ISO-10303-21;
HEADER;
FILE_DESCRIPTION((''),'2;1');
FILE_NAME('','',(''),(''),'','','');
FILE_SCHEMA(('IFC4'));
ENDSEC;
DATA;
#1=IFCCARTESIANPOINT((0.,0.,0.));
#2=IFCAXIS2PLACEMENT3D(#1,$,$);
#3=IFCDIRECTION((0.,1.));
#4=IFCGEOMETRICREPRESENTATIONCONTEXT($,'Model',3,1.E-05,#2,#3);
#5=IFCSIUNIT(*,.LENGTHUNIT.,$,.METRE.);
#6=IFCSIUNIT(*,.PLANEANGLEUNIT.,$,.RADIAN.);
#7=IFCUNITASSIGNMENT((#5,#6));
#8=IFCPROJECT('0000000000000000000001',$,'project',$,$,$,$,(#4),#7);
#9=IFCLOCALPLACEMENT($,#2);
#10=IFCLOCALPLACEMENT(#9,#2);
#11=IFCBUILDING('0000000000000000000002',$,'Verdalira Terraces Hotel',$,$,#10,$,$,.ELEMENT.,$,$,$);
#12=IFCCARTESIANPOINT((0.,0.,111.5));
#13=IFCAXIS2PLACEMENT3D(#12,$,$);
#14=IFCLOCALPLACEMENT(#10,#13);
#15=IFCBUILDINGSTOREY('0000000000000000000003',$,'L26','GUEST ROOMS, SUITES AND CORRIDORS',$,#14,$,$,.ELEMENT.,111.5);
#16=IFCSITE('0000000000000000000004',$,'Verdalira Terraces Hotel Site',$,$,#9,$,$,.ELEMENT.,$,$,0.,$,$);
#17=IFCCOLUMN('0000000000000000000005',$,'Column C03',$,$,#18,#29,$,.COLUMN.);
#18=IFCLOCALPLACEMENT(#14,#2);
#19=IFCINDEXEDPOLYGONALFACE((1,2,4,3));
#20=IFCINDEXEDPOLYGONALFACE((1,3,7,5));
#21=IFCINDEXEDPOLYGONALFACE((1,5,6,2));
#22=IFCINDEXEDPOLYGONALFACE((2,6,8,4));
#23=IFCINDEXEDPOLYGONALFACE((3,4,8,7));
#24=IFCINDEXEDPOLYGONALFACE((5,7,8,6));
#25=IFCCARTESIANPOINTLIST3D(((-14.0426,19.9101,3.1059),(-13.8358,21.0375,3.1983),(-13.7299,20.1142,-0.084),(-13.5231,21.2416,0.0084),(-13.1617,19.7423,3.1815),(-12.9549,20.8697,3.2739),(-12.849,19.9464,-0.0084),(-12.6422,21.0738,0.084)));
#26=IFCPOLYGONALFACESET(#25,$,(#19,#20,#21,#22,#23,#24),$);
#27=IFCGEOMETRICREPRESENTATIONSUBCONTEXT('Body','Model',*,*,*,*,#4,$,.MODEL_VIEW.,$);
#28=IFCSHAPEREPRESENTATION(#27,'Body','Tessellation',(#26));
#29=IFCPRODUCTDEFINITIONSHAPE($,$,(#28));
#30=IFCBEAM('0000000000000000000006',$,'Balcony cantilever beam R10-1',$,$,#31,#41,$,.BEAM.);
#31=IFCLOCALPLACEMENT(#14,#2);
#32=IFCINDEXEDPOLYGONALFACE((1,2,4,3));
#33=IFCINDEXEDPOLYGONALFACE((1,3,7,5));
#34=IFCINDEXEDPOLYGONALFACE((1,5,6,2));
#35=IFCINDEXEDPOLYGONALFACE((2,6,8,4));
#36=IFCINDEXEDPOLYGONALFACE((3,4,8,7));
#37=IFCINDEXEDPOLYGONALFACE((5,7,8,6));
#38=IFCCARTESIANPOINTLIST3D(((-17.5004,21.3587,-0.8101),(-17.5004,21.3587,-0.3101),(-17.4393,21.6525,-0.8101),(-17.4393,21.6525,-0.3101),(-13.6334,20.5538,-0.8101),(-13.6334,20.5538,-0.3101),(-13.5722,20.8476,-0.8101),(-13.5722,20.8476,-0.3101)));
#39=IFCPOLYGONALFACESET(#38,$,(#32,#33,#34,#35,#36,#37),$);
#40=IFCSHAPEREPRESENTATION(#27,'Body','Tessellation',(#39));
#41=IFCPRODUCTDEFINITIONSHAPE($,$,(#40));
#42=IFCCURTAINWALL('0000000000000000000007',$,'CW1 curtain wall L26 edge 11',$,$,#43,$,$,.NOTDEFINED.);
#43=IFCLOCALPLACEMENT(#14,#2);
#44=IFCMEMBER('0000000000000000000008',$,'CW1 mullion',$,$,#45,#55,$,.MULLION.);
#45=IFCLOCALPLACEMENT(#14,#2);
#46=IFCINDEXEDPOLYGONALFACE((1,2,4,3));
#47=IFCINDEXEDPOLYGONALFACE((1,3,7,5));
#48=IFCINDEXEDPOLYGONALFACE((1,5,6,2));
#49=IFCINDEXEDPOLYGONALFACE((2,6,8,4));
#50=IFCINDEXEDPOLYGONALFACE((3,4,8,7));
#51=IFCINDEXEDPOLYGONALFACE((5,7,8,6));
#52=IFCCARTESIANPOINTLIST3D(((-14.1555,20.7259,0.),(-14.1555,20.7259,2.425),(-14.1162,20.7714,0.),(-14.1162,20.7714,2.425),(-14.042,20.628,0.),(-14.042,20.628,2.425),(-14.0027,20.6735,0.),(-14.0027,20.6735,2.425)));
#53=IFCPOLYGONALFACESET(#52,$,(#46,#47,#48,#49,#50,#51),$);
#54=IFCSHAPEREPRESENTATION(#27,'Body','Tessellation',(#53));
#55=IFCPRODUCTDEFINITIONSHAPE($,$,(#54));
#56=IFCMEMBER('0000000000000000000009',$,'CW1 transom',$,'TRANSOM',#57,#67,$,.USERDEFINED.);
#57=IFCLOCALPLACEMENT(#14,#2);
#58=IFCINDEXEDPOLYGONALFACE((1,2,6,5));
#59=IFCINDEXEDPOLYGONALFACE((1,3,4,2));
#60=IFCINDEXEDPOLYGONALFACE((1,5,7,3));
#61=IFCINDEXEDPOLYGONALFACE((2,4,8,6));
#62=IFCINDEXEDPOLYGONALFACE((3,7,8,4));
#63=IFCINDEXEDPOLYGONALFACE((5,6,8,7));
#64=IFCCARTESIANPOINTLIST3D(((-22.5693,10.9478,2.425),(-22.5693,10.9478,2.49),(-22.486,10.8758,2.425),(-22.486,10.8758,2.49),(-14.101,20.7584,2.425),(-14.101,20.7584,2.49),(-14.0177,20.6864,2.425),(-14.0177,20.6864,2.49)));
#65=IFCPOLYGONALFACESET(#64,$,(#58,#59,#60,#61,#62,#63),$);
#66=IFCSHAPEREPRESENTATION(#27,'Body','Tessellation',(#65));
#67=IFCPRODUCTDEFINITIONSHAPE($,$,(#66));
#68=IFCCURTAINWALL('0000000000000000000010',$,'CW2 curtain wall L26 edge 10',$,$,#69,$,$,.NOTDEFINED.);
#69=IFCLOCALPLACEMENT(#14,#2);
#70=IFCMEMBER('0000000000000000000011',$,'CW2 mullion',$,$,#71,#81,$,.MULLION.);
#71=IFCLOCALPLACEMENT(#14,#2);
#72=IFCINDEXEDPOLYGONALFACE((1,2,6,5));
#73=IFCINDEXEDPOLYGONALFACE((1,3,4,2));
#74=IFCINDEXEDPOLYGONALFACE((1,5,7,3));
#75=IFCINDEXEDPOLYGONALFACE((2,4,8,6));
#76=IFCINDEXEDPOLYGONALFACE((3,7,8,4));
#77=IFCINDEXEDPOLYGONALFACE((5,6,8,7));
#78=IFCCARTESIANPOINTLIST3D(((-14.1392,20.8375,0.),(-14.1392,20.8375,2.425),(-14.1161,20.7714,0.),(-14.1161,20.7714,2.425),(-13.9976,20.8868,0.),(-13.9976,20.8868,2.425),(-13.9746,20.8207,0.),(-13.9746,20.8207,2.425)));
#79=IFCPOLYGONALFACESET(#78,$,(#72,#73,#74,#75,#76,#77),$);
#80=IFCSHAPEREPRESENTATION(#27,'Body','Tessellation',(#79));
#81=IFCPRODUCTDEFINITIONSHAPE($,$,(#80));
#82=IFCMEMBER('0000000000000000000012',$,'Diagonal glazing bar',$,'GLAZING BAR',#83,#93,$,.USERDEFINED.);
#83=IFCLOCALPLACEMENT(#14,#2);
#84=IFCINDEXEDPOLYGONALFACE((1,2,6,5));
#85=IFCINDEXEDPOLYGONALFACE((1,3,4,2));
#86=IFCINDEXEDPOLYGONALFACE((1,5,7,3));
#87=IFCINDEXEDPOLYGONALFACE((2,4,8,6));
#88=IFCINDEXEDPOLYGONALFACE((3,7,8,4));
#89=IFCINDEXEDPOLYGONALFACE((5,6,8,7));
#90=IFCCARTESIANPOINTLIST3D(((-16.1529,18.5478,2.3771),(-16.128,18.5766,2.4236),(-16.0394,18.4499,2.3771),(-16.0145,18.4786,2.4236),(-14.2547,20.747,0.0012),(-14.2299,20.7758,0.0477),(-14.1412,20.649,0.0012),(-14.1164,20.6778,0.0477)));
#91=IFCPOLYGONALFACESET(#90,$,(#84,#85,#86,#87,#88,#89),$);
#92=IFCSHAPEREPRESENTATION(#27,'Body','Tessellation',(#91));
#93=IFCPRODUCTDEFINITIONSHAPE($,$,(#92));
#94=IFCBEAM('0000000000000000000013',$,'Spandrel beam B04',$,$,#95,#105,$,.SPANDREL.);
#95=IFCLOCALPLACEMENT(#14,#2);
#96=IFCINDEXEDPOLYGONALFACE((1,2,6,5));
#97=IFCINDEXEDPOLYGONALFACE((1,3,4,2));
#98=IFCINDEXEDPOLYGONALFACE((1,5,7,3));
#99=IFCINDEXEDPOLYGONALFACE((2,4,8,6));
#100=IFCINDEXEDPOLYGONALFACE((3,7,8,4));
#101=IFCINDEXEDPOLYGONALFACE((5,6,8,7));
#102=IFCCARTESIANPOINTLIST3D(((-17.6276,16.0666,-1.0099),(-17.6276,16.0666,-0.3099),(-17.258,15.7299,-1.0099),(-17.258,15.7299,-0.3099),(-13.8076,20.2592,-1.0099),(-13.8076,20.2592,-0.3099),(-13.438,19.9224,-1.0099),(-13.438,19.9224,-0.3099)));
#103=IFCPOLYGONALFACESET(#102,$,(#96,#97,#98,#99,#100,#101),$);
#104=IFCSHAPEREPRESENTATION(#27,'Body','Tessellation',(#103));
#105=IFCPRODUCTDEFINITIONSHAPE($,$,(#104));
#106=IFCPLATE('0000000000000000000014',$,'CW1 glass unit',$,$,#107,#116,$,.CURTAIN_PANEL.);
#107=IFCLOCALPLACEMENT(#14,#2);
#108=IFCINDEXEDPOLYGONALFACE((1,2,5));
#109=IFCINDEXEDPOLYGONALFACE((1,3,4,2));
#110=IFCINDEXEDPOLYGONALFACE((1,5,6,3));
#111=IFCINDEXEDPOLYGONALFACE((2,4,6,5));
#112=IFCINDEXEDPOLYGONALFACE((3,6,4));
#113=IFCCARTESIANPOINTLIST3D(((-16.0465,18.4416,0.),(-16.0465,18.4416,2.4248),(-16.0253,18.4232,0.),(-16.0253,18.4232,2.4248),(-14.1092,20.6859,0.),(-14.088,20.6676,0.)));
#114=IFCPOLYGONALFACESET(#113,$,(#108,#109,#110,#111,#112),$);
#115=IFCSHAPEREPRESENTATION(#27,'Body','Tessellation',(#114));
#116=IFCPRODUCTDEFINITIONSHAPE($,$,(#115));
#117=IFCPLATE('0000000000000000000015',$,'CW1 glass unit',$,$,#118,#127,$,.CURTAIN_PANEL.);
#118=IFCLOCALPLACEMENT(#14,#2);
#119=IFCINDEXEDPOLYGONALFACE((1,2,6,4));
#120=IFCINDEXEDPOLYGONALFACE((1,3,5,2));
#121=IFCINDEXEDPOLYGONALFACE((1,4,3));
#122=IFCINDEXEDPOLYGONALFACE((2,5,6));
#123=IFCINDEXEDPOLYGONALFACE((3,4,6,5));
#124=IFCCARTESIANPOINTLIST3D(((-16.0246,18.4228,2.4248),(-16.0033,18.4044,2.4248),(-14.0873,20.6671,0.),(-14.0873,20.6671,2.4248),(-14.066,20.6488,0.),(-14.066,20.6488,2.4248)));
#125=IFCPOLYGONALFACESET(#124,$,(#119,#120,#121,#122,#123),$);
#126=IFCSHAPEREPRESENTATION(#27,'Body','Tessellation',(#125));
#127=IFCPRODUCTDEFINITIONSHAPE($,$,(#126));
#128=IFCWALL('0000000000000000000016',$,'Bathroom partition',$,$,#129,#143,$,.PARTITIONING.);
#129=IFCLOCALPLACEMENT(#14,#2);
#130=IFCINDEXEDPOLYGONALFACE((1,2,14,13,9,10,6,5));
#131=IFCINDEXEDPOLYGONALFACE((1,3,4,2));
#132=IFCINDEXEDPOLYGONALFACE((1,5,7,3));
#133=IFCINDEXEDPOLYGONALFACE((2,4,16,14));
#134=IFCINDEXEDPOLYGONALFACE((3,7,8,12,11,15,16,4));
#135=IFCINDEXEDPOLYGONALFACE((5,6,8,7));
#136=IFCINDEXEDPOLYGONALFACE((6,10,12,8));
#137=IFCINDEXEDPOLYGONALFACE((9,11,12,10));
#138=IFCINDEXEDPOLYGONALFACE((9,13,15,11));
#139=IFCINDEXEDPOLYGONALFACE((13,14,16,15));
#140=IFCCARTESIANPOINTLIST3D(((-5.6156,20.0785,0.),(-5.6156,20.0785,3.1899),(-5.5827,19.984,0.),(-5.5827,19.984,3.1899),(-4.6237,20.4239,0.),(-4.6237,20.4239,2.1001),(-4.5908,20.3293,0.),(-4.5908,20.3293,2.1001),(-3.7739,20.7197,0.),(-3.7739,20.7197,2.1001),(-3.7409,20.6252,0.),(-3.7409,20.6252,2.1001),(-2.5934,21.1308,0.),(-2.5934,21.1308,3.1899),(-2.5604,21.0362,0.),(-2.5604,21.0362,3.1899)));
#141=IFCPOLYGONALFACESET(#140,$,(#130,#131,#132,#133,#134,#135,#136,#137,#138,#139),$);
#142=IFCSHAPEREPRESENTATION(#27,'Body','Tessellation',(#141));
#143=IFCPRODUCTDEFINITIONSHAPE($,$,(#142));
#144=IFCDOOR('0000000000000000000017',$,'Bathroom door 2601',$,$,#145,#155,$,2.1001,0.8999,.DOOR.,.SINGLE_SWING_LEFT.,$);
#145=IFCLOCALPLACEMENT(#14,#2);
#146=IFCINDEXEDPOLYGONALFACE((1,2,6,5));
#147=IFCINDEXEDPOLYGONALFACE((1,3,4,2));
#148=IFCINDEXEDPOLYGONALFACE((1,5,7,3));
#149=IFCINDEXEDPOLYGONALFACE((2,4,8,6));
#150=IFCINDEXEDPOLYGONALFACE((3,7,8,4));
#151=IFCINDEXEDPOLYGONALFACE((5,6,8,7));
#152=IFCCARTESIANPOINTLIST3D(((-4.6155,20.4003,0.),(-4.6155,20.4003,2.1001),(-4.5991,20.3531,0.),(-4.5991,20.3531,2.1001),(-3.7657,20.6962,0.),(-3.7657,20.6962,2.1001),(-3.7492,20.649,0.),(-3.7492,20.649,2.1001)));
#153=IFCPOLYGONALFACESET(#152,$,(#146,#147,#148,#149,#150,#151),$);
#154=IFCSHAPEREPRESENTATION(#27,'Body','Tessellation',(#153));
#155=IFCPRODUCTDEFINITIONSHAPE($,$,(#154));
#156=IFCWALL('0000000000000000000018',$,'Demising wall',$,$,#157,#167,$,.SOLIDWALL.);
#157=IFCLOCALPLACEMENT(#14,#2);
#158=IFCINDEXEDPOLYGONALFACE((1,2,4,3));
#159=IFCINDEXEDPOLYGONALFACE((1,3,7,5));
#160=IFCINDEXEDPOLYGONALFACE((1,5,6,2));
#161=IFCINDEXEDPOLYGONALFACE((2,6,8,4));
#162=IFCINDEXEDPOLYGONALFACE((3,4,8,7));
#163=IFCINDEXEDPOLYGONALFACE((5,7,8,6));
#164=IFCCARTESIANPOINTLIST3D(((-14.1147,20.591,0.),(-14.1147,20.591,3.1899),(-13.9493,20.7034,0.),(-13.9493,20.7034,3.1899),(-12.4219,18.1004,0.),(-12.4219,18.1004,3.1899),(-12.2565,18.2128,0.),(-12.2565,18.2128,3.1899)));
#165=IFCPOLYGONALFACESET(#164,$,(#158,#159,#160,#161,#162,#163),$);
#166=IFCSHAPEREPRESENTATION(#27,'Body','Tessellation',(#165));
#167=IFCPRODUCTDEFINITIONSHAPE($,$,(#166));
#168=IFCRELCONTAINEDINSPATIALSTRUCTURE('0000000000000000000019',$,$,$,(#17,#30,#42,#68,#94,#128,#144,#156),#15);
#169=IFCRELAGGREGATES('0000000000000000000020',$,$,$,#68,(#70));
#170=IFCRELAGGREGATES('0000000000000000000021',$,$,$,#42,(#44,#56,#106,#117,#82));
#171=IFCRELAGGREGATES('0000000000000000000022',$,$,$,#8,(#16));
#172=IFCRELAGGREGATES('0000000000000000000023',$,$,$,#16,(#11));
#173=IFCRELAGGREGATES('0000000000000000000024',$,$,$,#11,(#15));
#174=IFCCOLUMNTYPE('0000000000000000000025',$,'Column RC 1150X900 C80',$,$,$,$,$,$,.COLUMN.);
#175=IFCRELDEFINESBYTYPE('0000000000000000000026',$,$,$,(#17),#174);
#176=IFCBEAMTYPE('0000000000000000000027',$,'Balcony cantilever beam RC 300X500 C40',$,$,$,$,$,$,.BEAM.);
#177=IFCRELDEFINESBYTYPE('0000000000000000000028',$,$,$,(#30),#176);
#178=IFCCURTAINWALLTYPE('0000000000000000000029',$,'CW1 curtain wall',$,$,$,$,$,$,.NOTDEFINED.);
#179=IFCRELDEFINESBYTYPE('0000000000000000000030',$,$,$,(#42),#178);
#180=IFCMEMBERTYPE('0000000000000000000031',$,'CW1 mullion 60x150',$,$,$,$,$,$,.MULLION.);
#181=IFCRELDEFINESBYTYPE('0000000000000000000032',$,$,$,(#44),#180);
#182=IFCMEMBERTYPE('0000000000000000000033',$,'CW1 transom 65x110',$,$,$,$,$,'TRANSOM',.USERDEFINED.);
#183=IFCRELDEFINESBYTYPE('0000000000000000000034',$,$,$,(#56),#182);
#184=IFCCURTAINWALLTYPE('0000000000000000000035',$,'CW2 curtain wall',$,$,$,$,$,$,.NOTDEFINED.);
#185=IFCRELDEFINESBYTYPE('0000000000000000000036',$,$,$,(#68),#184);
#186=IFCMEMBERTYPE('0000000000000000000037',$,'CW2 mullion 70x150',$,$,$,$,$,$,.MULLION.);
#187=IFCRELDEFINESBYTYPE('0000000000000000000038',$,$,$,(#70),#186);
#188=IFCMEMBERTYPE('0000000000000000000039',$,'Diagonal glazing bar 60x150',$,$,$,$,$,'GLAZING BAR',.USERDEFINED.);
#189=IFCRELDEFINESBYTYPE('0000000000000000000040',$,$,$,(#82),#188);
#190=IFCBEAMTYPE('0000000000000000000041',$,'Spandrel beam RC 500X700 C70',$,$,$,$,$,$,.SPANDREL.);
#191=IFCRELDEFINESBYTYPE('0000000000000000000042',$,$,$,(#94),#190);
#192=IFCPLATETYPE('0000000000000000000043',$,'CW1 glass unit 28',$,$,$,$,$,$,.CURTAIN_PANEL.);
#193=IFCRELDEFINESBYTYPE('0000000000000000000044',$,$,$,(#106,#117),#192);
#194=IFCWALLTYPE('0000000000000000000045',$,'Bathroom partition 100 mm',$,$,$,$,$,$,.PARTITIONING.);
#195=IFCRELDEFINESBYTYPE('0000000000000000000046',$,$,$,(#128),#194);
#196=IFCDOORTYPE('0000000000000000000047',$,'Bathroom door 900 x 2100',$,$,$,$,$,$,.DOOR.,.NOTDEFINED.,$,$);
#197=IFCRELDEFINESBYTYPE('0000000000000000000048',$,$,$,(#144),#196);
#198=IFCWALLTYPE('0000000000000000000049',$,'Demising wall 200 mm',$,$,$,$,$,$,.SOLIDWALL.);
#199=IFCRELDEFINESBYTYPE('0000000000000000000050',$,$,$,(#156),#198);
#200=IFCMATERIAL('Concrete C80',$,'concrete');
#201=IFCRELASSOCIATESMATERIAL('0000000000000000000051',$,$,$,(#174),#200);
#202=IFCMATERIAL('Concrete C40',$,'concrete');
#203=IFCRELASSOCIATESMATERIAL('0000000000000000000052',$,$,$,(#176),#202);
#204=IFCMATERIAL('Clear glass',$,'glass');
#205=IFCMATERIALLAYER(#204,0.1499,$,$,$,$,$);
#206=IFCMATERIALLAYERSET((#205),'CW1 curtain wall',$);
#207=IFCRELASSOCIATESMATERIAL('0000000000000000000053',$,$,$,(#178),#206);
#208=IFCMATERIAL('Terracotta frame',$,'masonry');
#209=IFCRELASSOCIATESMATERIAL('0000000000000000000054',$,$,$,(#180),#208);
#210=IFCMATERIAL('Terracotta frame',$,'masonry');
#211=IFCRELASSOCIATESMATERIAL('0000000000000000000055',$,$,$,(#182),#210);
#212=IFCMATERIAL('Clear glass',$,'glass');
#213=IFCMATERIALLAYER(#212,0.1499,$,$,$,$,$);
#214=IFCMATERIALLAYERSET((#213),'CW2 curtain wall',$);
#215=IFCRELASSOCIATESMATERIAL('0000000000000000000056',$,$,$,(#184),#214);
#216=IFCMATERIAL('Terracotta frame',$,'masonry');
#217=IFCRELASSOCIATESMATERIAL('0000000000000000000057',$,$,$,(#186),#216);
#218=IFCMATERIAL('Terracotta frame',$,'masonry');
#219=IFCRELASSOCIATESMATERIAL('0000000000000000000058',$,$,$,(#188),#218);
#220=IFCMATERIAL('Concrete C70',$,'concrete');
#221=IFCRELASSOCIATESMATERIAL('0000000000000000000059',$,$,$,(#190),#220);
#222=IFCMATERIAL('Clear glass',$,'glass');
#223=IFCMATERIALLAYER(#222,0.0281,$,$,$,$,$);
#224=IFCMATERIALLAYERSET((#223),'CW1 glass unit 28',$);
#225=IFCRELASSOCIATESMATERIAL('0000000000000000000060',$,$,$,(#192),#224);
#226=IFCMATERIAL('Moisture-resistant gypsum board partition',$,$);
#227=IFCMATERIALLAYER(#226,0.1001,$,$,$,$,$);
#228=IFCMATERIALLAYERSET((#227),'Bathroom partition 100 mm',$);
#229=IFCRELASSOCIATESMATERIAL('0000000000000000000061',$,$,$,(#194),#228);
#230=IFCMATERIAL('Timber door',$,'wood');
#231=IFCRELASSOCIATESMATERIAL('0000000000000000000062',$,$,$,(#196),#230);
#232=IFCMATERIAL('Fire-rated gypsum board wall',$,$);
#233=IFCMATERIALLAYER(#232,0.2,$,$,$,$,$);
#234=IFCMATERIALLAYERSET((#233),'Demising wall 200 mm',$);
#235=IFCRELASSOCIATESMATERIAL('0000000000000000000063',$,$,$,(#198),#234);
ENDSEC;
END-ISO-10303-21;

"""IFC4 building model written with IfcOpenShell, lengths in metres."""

from ifc_helpers import new_model, si_unit, direction, frame, frame_2d, origin, origin_2d, place, context, subcontext, project, spatial, polyline, rectangle, outline, extrude, material, layer, layer_set, material_profile, profile_set, type_object, element, fill, aggregate, save


model = new_model("IFC4")

# Units and contexts
model_context = context("Model", 3, precision=1e-05, world=origin(), true_north=direction((0.0, 1.0)))
body_context = subcontext(model_context, "Body", "Model", "MODEL_VIEW")
ifc_project = project(units=[si_unit("LENGTHUNIT", "METRE"), si_unit("PLANEANGLEUNIT", "RADIAN")], contexts=[model_context])

# Site, building, storey
site_placement = place(None, origin())
site = spatial("IfcSite", under=ifc_project, at=site_placement, Name="Verdalira Terraces Hotel Site", CompositionType="ELEMENT", RefElevation=0.0)
building_placement = place(site_placement, origin())
building = spatial("IfcBuilding", under=site, at=building_placement, Name="Verdalira Terraces Hotel", CompositionType="ELEMENT")
storey_placement = place(building_placement, frame((0.0, 0.0, 111.5)))
storey = spatial("IfcBuildingStorey", under=building, at=storey_placement, Name="L26", Description="GUEST ROOMS, SUITES AND CORRIDORS", CompositionType="ELEMENT", Elevation=111.5)

# Column
ifc_material_1 = material(Name="Concrete C80", Category="concrete")
ifc_material_profile_1 = material_profile(ifc_material_1, rectangle(XDim=1.1499, YDim=0.8999, at=origin_2d()), Name="RC 1150X900")
ifc_profile_set_1 = profile_set([ifc_material_profile_1], Name="Concrete C80")
column_type = type_object("IfcColumnType", Name="Column RC 1150X900 C80", PredefinedType="COLUMN", material=ifc_profile_set_1)
column_placement = place(storey_placement, frame((-13.186, 20.594, 0.0), z_axis=(-0.097376, -0.063549, 0.993217), x_axis=(0.179806, 0.980414, 0.080358)))
element("IfcColumn", 1, at=column_placement, inside=storey, type_object=column_type, Name="Column C03", PredefinedType="COLUMN", context=body_context, shape_type="SweptSolid", body=[
    extrude(rectangle(XDim=1.1499, YDim=0.8999, at=origin_2d()), origin(), (0.0, 0.0, 1.0), 3.2117),
])

# Beam
ifc_material_2 = material(Name="Concrete C40", Category="concrete")
ifc_material_profile_2 = material_profile(ifc_material_2, rectangle(XDim=0.3, YDim=0.5, at=origin_2d()), Name="RC 300X500")
ifc_profile_set_2 = profile_set([ifc_material_profile_2], Name="Concrete C40")
beam_type_1 = type_object("IfcBeamType", Name="Balcony cantilever beam RC 300X500 C40", PredefinedType="BEAM", material=ifc_profile_set_2)
beam_1_placement = place(storey_placement, frame((-13.6028, 20.7007, -0.5601), z_axis=(-0.979017, 0.203777, 0.0), x_axis=(-0.203777, -0.979017, 0.0)))
element("IfcBeam", 2, at=beam_1_placement, inside=storey, type_object=beam_type_1, Name="Balcony cantilever beam R10-1", PredefinedType="BEAM", context=body_context, shape_type="SweptSolid", body=[
    extrude(rectangle(XDim=0.3, YDim=0.5, at=origin_2d()), origin(), (0.0, 0.0, 1.0), 3.95),
])

# Curtain wall, members
ifc_material_3 = material(Name="Clear glass", Category="glass")
ifc_layer_1 = layer(ifc_material_3, 0.1499)
ifc_layer_set_1 = layer_set([ifc_layer_1], Name="CW1 curtain wall")
curtain_wall_type_1 = type_object("IfcCurtainWallType", Name="CW1 curtain wall", PredefinedType="NOTDEFINED", material=ifc_layer_set_1)
curtain_wall_1_placement = place(storey_placement, origin())
curtain_wall_1 = element("IfcCurtainWall", 3, at=curtain_wall_1_placement, inside=storey, type_object=curtain_wall_type_1, Name="CW1 curtain wall L26 edge 11", PredefinedType="NOTDEFINED")
ifc_material_4 = material(Name="Terracotta frame", Category="masonry")
ifc_material_profile_3 = material_profile(ifc_material_4, rectangle(XDim=0.0601, YDim=0.1499, at=origin_2d()), Name="MU 60x150")
ifc_profile_set_3 = profile_set([ifc_material_profile_3], Name="Terracotta frame")
member_type_1 = type_object("IfcMemberType", Name="CW1 mullion 60x150", PredefinedType="MULLION", material=ifc_profile_set_3)
member_1_placement = place(storey_placement, frame((-14.0791, 20.6997, 0.0), z_axis=(0.0, 0.0, 1.0), x_axis=(-0.653421, -0.756995, 0.0)))
member_1 = element("IfcMember", 4, at=member_1_placement, type_object=member_type_1, Name="CW1 mullion", PredefinedType="MULLION", context=body_context, shape_type="SweptSolid", body=[
    extrude(rectangle(XDim=0.0601, YDim=0.1499, at=origin_2d()), origin(), (0.0, 0.0, 1.0), 2.425),
])
ifc_material_5 = material(Name="Terracotta frame", Category="masonry")
ifc_material_profile_4 = material_profile(ifc_material_5, rectangle(XDim=0.1101, YDim=0.0649, at=origin_2d()), Name="TR 65x110")
ifc_profile_set_4 = profile_set([ifc_material_profile_4], Name="Terracotta frame")
member_type_2 = type_object("IfcMemberType", Name="CW1 transom 65x110", ElementType="TRANSOM", PredefinedType="USERDEFINED", material=ifc_profile_set_4)
member_2_placement = place(storey_placement, frame((-14.0593, 20.7224, 2.4575), z_axis=(-0.653422, -0.756994, 0.0), x_axis=(0.756994, -0.653422, 0.0)))
member_2 = element("IfcMember", 5, at=member_2_placement, type_object=member_type_2, Name="CW1 transom", ObjectType="TRANSOM", PredefinedType="USERDEFINED", context=body_context, shape_type="SweptSolid", body=[
    extrude(rectangle(XDim=0.1101, YDim=0.0649, at=origin_2d()), origin(), (0.0, 0.0, 1.0), 12.96),
])

# Curtain wall, member
ifc_material_6 = material(Name="Clear glass", Category="glass")
ifc_layer_2 = layer(ifc_material_6, 0.1499)
ifc_layer_set_2 = layer_set([ifc_layer_2], Name="CW2 curtain wall")
curtain_wall_type_2 = type_object("IfcCurtainWallType", Name="CW2 curtain wall", PredefinedType="NOTDEFINED", material=ifc_layer_set_2)
curtain_wall_2_placement = place(storey_placement, origin())
curtain_wall_2 = element("IfcCurtainWall", 6, at=curtain_wall_2_placement, inside=storey, type_object=curtain_wall_type_2, Name="CW2 curtain wall L26 edge 10", PredefinedType="NOTDEFINED")
ifc_material_7 = material(Name="Terracotta frame", Category="masonry")
ifc_material_profile_5 = material_profile(ifc_material_7, rectangle(XDim=0.0701, YDim=0.1499, at=origin_2d()), Name="MU 70x150")
ifc_profile_set_5 = profile_set([ifc_material_profile_5], Name="Terracotta frame")
member_type_3 = type_object("IfcMemberType", Name="CW2 mullion 70x150", PredefinedType="MULLION", material=ifc_profile_set_5)
member_3_placement = place(storey_placement, frame((-14.0569, 20.8291, 0.0), z_axis=(0.0, 0.0, 1.0), x_axis=(0.328867, -0.944376, 0.0)))
member_3 = element("IfcMember", 7, at=member_3_placement, type_object=member_type_3, Name="CW2 mullion", PredefinedType="MULLION", context=body_context, shape_type="SweptSolid", body=[
    extrude(rectangle(XDim=0.0701, YDim=0.1499, at=origin_2d()), origin(), (0.0, 0.0, 1.0), 2.425),
])
aggregate(curtain_wall_2, [member_3])

# Member
ifc_material_8 = material(Name="Terracotta frame", Category="masonry")
ifc_material_profile_6 = material_profile(ifc_material_8, rectangle(XDim=0.1499, YDim=0.0601, at=origin_2d()), Name="GB 60x150")
ifc_profile_set_6 = profile_set([ifc_material_profile_6], Name="Terracotta frame")
member_type_4 = type_object("IfcMemberType", Name="Diagonal glazing bar 60x150", ElementType="GLAZING BAR", PredefinedType="USERDEFINED", material=ifc_profile_set_6)
member_4_placement = place(storey_placement, frame((-14.1855, 20.7124, 0.0244), z_axis=(-0.505781, -0.58599, 0.633088), x_axis=(0.757016, -0.653397, 0.0)))
member_4 = element("IfcMember", 8, at=member_4_placement, type_object=member_type_4, Name="Diagonal glazing bar", ObjectType="GLAZING BAR", PredefinedType="USERDEFINED", context=body_context, shape_type="SweptSolid", body=[
    extrude(rectangle(XDim=0.1499, YDim=0.0601, at=origin_2d()), origin(), (0.0, 0.0, 1.0), 3.7529),
])

# Beam
ifc_material_9 = material(Name="Concrete C70", Category="concrete")
ifc_material_profile_7 = material_profile(ifc_material_9, rectangle(XDim=0.5, YDim=0.7, at=origin_2d()), Name="RC 500X700")
ifc_profile_set_7 = profile_set([ifc_material_profile_7], Name="Concrete C70")
beam_type_2 = type_object("IfcBeamType", Name="Spandrel beam RC 500X700 C70", PredefinedType="SPANDREL", material=ifc_profile_set_7)
beam_2_placement = place(storey_placement, frame((-13.6228, 20.0908, -0.6599), z_axis=(-0.673501, -0.739186, 0.0), x_axis=(0.739186, -0.673501, 0.0)))
element("IfcBeam", 9, at=beam_2_placement, inside=storey, type_object=beam_type_2, Name="Spandrel beam B04", PredefinedType="SPANDREL", context=body_context, shape_type="SweptSolid", body=[
    extrude(rectangle(XDim=0.5, YDim=0.7, at=origin_2d()), origin(), (0.0, 0.0, 1.0), 5.6719),
])

# Plates
ifc_material_10 = material(Name="Clear glass", Category="glass")
ifc_layer_3 = layer(ifc_material_10, 0.0281)
ifc_layer_set_3 = layer_set([ifc_layer_3], Name="CW1 glass unit 28")
plate_type = type_object("IfcPlateType", Name="CW1 glass unit 28", PredefinedType="CURTAIN_PANEL", material=ifc_layer_set_3)
plate_1_placement = place(storey_placement, frame((-15.0566, 19.5454, 1.2124), z_axis=(-0.756995, 0.653421, 0.0), x_axis=(-0.653421, -0.756995, 0.0)))
plate_1 = element("IfcPlate", 10, at=plate_1_placement, type_object=plate_type, Name="CW1 glass unit", PredefinedType="CURTAIN_PANEL", context=body_context, shape_type="SweptSolid", body=[
    extrude(outline(polyline([(-1.4824, -1.2124), (1.4824, -1.2124), (1.4824, 1.2124), (-1.4824, -1.2124)])), origin(), (0.0, 0.0, 1.0), 0.0281),
])
plate_2_placement = place(storey_placement, frame((-15.0347, 19.5266, 1.2124), z_axis=(-0.756995, 0.653421, 0.0), x_axis=(-0.653421, -0.756995, 0.0)))
plate_2 = element("IfcPlate", 11, at=plate_2_placement, type_object=plate_type, Name="CW1 glass unit", PredefinedType="CURTAIN_PANEL", context=body_context, shape_type="SweptSolid", body=[
    extrude(outline(polyline([(-1.4824, -1.2124), (1.4824, 1.2124), (-1.4824, 1.2124), (-1.4824, -1.2124)])), origin(), (0.0, 0.0, 1.0), 0.0281),
])
aggregate(curtain_wall_1, [member_1, member_2, plate_1, plate_2, member_4])

# Wall, opening, door
ifc_material_11 = material(Name="Moisture-resistant gypsum board partition")
ifc_layer_4 = layer(ifc_material_11, 0.1001)
ifc_layer_set_4 = layer_set([ifc_layer_4], Name="Bathroom partition 100 mm")
wall_type_1 = type_object("IfcWallType", Name="Bathroom partition 100 mm", PredefinedType="PARTITIONING", material=ifc_layer_set_4)
wall_1_placement = place(storey_placement, frame((-2.5769, 21.0835, 0.0), z_axis=(0.0, 0.0, 1.0), x_axis=(-0.944396, -0.328811, 0.0)))
wall_1 = element("IfcWall", 12, at=wall_1_placement, inside=storey, type_object=wall_type_1, Name="Bathroom partition", PredefinedType="PARTITIONING", context=body_context, shape_type="SweptSolid", body=[
    extrude(rectangle(XDim=3.2002, YDim=0.1001, at=frame_2d((1.6001, 0.0))), origin(), (0.0, 0.0, 1.0), 3.1899),
])
opening_1_placement = place(wall_1_placement, frame((1.25, 0.0, 0.0)))
opening_1 = element("IfcOpeningElement", 13, at=opening_1_placement, cuts=wall_1, PredefinedType="OPENING", context=body_context, shape_type="SweptSolid", body=[
    extrude(rectangle(XDim=0.8999, YDim=2.1001, at=frame_2d((0.45, 1.05))), frame((0.0, 0.0601, 0.0), z_axis=(0.0, -1.0, 0.0), x_axis=(1.0, 0.0, 0.0)), (0.0, 0.0, 1.0), 0.1201),
])
ifc_material_12 = material(Name="Timber door", Category="wood")
door_type_1 = type_object("IfcDoorType", Name="Bathroom door 900 x 2100", OperationType="NOTDEFINED", PredefinedType="DOOR", material=ifc_material_12)
door_1_placement = place(opening_1_placement, origin())
door_1 = element("IfcDoor", 14, at=door_1_placement, inside=storey, type_object=door_type_1, Name="Bathroom door 2601", OperationType="SINGLE_SWING_LEFT", OverallHeight=2.1001, OverallWidth=0.8999, PredefinedType="DOOR", context=body_context, shape_type="SweptSolid", body=[
    extrude(rectangle(XDim=0.8999, YDim=2.1001, at=frame_2d((0.45, 1.05))), frame((0.0, 0.0249, 0.0), z_axis=(0.0, -1.0, 0.0), x_axis=(1.0, 0.0, 0.0)), (0.0, 0.0, 1.0), 0.05),
])
fill(opening_1, door_1)

# Wall
ifc_material_13 = material(Name="Fire-rated gypsum board wall")
ifc_layer_5 = layer(ifc_material_13, 0.2)
ifc_layer_set_5 = layer_set([ifc_layer_5], Name="Demising wall 200 mm")
wall_type_2 = type_object("IfcWallType", Name="Demising wall 200 mm", PredefinedType="SOLIDWALL", material=ifc_layer_set_5)
wall_2_placement = place(storey_placement, frame((-12.3391, 18.1565, 0.0), z_axis=(0.0, 0.0, 1.0), x_axis=(-0.562124, 0.827053, 0.0)))
element("IfcWall", 15, at=wall_2_placement, inside=storey, type_object=wall_type_2, Name="Demising wall", PredefinedType="SOLIDWALL", context=body_context, shape_type="SweptSolid", body=[
    extrude(rectangle(XDim=3.0115, YDim=0.2, at=frame_2d((1.5059, 0.0))), origin(), (0.0, 0.0, 1.0), 3.1899),
])

save(model, "model.ifc")
